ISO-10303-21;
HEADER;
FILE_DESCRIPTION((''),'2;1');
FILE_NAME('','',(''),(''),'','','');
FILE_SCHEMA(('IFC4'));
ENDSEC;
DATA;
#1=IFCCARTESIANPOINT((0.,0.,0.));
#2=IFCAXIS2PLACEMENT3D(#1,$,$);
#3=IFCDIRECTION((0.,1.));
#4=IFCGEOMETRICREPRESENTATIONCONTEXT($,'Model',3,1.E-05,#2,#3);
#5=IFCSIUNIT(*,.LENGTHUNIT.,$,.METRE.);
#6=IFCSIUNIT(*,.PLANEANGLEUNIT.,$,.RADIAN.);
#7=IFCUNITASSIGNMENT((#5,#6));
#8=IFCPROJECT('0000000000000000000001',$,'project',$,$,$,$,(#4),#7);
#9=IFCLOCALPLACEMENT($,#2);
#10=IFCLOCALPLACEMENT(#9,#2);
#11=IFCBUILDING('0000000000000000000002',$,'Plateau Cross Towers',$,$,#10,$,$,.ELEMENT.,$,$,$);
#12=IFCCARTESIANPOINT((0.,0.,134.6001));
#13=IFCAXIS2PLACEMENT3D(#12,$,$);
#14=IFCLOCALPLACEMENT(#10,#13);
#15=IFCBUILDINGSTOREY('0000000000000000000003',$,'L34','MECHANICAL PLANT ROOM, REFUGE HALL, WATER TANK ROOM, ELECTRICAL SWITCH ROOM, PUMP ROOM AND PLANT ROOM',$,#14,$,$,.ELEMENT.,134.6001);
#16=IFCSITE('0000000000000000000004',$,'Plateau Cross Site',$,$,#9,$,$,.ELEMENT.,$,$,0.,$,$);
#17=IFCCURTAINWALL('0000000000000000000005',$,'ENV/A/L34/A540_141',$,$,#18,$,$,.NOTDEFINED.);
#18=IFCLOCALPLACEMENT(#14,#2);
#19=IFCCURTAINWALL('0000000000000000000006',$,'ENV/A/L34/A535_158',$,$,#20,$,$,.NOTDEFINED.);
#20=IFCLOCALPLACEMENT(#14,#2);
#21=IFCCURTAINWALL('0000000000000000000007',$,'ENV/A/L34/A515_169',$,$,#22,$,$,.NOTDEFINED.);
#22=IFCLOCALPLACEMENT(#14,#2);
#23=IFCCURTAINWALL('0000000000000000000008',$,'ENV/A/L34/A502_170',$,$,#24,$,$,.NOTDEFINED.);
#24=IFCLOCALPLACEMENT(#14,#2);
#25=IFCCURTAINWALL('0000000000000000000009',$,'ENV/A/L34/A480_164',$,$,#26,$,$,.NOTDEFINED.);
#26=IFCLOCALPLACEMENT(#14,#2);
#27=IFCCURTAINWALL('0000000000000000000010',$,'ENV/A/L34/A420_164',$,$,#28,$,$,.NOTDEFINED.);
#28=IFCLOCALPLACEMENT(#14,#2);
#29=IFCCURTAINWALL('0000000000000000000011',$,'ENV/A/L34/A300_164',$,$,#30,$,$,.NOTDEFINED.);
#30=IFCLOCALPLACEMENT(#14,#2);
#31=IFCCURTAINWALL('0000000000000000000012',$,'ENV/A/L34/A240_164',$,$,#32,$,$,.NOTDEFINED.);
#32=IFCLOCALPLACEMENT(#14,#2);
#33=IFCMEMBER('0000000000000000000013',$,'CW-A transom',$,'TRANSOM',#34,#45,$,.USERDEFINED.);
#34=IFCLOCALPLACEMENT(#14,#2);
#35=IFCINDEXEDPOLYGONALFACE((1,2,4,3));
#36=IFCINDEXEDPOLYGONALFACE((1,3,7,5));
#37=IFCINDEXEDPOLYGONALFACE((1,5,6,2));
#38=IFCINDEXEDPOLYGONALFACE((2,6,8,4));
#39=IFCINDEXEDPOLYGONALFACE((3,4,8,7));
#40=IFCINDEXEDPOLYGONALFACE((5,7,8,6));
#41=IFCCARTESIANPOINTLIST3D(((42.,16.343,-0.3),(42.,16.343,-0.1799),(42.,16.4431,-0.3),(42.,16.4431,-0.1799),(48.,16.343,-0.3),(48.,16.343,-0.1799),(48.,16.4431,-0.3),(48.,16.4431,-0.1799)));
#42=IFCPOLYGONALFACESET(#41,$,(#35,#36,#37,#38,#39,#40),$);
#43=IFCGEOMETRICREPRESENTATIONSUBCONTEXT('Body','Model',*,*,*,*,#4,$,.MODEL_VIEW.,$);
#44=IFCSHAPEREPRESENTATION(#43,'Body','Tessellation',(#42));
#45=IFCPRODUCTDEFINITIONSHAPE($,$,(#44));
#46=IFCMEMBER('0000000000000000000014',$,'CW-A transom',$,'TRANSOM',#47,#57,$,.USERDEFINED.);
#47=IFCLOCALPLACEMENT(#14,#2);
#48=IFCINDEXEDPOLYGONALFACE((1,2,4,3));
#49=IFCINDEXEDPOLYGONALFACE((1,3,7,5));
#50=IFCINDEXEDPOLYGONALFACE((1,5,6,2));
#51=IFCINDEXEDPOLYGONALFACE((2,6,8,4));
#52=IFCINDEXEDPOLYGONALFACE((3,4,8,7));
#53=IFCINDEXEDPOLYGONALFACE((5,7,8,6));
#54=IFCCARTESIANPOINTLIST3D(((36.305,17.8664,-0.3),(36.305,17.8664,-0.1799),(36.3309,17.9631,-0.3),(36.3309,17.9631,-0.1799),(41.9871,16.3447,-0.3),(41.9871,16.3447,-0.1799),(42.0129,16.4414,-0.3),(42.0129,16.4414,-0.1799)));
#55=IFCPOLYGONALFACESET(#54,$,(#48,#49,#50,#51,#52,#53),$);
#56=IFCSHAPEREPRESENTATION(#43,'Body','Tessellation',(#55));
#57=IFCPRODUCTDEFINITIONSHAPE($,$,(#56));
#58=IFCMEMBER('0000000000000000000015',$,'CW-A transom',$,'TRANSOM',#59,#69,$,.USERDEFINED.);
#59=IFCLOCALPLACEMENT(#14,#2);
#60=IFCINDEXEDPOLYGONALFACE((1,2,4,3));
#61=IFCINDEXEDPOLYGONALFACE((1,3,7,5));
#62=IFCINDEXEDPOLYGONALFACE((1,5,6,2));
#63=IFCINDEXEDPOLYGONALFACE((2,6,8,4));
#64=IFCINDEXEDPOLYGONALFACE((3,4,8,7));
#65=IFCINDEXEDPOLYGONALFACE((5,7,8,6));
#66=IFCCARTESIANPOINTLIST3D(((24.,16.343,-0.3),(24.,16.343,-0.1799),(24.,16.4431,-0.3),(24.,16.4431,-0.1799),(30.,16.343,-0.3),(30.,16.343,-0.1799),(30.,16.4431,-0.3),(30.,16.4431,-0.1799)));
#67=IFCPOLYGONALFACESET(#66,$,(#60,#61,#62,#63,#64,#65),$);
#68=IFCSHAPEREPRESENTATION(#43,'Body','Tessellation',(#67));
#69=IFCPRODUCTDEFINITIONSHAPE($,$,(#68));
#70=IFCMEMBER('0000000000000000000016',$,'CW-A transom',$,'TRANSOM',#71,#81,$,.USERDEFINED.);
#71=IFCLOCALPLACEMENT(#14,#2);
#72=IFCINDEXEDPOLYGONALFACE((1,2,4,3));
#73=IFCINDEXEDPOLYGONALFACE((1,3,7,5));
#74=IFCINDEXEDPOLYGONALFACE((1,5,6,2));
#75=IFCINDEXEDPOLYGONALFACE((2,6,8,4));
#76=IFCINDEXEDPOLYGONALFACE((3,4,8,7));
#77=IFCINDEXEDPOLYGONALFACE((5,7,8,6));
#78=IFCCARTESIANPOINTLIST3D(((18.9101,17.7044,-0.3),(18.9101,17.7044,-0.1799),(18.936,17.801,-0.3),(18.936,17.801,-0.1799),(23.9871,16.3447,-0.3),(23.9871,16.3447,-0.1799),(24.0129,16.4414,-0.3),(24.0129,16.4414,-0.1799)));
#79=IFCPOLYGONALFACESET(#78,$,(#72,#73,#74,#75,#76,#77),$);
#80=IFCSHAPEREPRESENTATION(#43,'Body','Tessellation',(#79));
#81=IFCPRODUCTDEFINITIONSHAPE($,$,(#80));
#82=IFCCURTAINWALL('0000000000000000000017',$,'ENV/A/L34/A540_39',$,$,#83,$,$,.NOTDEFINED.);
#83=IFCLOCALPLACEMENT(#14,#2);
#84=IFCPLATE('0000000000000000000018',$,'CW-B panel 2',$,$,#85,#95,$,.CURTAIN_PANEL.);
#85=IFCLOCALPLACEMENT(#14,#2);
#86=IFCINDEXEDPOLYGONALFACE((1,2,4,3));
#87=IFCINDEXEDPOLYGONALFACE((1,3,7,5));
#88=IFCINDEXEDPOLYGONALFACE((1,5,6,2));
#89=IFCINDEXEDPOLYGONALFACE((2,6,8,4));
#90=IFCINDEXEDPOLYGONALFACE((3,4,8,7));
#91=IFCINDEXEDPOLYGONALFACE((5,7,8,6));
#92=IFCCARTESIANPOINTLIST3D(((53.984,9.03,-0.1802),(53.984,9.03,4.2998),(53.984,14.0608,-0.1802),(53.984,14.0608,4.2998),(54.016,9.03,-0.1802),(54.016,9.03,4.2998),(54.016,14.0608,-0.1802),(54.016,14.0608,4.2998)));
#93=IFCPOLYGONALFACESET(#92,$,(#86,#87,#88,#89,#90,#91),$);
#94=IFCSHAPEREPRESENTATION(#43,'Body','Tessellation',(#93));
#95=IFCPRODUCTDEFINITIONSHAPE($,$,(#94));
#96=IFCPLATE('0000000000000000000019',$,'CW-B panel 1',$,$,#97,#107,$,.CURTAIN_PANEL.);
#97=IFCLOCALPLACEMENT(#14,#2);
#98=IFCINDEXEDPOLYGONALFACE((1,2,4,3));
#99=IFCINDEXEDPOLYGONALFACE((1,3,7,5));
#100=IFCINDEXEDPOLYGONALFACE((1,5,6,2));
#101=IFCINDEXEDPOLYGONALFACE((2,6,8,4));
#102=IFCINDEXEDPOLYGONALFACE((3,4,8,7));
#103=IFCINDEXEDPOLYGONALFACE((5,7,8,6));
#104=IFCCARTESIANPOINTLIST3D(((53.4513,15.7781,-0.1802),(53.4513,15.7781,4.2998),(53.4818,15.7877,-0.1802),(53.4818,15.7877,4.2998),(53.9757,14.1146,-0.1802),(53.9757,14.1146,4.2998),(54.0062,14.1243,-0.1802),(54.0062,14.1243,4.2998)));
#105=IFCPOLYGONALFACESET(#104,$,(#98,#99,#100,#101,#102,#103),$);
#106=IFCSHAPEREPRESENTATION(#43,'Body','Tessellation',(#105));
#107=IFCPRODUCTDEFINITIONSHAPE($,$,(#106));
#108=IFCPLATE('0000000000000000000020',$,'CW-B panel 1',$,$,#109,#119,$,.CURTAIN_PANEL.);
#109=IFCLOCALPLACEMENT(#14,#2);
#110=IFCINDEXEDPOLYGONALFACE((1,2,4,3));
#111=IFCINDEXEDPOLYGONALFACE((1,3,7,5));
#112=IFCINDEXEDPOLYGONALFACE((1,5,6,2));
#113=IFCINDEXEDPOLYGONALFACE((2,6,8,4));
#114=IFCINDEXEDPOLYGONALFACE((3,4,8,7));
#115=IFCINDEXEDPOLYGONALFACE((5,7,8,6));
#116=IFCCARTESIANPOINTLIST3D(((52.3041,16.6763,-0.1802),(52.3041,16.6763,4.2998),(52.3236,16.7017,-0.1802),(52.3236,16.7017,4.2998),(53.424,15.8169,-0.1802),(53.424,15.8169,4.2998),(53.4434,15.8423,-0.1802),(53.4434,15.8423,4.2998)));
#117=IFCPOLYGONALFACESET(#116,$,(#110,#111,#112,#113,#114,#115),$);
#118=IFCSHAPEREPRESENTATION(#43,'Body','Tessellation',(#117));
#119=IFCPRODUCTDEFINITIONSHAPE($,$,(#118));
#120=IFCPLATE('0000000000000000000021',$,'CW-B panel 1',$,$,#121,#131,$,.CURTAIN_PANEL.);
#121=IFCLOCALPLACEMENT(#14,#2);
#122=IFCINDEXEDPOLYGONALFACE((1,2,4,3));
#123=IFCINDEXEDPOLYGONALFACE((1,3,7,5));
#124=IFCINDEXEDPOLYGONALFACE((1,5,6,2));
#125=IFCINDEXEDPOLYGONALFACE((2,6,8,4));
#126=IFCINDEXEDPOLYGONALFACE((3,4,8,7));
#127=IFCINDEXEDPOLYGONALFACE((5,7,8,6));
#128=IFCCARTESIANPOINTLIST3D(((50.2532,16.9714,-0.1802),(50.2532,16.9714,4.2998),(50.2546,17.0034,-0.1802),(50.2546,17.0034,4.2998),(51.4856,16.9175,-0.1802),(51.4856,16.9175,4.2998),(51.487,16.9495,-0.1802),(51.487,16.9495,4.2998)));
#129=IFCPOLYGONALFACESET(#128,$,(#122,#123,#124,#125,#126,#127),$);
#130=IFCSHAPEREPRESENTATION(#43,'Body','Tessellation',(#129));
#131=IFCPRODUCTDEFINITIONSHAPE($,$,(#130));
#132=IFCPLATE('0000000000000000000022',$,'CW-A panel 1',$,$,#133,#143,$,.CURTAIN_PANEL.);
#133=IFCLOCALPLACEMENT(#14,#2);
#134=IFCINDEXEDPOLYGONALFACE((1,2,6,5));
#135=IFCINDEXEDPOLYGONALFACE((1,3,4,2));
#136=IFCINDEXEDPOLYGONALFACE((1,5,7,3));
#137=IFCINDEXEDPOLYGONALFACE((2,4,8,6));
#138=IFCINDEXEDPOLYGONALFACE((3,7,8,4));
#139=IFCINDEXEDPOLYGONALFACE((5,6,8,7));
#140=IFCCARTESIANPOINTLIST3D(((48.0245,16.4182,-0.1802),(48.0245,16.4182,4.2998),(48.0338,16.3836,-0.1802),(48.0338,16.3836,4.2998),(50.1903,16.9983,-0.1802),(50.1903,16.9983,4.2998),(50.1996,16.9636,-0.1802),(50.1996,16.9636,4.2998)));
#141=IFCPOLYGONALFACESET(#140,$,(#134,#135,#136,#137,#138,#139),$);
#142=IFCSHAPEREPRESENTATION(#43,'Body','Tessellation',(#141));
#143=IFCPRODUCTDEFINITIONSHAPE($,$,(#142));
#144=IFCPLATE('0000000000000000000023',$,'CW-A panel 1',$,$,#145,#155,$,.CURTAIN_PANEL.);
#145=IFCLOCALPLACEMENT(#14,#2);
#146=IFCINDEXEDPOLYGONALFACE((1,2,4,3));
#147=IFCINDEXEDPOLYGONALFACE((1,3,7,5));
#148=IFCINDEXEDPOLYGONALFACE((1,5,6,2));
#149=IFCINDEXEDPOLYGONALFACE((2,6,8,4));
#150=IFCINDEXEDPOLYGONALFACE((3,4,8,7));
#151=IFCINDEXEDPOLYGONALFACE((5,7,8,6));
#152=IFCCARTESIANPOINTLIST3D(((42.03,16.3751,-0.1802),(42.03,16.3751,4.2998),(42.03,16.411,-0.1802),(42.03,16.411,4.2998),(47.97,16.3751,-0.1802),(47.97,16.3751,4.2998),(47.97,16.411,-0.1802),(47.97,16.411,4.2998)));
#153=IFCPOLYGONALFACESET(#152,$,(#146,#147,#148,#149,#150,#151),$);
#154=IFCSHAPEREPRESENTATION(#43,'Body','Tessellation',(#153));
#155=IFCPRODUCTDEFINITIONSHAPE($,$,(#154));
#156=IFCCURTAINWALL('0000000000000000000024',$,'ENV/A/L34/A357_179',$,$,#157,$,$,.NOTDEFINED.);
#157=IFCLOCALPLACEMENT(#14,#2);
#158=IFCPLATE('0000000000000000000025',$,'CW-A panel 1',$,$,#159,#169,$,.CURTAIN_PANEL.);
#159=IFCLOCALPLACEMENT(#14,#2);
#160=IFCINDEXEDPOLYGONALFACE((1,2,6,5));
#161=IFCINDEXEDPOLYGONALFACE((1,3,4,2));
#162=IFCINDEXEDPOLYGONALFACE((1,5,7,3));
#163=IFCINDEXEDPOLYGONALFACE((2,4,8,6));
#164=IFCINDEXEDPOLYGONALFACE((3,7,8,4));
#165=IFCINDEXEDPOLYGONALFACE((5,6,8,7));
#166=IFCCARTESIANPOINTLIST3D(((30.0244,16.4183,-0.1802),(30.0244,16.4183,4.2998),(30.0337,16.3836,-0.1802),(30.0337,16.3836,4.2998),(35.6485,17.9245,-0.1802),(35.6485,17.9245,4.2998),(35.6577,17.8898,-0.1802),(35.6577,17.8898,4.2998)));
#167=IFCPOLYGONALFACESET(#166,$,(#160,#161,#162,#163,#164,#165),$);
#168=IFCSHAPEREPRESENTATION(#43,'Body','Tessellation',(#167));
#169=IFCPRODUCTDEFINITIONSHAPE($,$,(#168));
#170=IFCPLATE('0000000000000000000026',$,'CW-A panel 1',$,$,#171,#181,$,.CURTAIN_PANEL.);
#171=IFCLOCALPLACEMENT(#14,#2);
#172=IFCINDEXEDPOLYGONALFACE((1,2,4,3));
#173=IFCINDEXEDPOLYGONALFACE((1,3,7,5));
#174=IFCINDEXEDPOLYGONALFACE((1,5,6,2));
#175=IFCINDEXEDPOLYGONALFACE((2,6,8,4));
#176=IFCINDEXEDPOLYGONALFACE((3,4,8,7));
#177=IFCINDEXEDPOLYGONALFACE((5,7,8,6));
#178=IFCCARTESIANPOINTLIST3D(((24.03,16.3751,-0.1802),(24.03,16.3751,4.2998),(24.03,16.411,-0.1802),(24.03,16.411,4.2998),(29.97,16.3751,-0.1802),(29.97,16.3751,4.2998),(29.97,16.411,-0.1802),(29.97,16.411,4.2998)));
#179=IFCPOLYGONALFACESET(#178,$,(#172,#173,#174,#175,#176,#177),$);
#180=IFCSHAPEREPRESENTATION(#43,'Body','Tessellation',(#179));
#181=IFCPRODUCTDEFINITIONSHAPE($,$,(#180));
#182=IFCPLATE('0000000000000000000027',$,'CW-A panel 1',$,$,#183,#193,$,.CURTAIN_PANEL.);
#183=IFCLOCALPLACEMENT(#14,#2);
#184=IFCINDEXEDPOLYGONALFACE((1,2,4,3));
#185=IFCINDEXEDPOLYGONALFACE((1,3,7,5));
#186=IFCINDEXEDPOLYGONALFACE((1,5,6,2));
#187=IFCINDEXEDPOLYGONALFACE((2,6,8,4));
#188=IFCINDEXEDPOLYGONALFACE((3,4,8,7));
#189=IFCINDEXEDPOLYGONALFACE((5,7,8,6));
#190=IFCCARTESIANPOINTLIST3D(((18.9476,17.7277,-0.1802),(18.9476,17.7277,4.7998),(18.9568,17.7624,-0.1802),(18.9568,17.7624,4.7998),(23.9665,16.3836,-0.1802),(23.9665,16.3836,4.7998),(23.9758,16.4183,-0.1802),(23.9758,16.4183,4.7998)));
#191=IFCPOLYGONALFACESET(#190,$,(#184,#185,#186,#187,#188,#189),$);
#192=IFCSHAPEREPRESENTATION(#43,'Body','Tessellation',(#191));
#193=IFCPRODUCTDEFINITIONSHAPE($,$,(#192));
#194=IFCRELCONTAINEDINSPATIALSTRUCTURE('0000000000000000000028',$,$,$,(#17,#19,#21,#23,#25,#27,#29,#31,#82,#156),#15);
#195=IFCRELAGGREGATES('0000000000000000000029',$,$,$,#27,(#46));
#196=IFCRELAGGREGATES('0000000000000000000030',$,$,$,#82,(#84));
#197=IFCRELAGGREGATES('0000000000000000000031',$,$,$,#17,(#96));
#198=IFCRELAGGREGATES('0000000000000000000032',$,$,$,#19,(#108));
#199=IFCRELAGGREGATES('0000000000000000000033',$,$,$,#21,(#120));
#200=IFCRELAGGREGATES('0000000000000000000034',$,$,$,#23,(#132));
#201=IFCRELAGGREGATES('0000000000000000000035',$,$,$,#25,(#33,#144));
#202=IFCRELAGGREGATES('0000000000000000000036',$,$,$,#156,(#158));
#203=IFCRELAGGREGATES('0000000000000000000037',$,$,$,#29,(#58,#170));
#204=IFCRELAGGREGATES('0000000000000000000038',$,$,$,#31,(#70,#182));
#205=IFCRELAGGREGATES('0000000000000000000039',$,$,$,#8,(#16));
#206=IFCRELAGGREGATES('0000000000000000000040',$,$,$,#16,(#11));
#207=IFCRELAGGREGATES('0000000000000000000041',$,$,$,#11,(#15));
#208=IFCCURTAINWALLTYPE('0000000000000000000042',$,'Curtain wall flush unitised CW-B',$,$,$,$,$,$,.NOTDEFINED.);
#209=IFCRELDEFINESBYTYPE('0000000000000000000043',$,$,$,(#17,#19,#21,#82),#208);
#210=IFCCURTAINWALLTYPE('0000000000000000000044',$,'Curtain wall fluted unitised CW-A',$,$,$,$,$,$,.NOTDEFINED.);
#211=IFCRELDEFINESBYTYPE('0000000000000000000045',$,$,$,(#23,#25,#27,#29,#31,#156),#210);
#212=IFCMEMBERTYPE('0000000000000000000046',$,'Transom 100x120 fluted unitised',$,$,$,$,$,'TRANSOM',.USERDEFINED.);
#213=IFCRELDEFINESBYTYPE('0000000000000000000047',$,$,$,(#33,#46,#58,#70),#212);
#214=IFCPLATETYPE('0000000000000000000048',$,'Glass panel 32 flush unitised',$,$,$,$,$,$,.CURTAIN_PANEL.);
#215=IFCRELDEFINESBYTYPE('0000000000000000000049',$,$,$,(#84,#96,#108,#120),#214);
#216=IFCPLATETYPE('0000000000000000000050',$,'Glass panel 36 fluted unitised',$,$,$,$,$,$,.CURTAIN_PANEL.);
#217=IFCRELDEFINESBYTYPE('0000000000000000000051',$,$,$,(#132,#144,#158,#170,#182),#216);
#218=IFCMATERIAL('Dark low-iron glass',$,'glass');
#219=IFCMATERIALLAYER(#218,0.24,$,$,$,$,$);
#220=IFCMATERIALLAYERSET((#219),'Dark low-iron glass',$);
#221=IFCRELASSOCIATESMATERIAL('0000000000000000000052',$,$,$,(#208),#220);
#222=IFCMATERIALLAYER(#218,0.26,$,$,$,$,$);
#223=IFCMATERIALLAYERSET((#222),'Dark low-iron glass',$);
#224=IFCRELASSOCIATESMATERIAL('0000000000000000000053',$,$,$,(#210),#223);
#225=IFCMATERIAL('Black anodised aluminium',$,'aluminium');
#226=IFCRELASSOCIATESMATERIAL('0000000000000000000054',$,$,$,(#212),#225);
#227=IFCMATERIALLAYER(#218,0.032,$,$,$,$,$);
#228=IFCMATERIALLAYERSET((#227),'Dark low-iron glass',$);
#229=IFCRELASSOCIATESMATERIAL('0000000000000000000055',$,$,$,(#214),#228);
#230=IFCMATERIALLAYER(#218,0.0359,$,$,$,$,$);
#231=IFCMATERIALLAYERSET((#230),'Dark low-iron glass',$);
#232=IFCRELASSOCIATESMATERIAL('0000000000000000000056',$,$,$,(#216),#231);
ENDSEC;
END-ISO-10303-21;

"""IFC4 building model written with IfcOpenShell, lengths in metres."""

from ifc_helpers import new_model, si_unit, direction, frame, origin, origin_2d, place, context, subcontext, project, spatial, rectangle, extrude, material, layer, layer_set, material_profile, profile_set, type_object, element, aggregate, save


model = new_model("IFC4")

# Units and contexts
model_context = context("Model", 3, precision=1e-05, world=origin(), true_north=direction((0.0, 1.0)))
body_context = subcontext(model_context, "Body", "Model", "MODEL_VIEW")
ifc_project = project(units=[si_unit("LENGTHUNIT", "METRE"), si_unit("PLANEANGLEUNIT", "RADIAN")], contexts=[model_context])

# Site, building, storey
site_placement = place(None, origin())
site = spatial("IfcSite", under=ifc_project, at=site_placement, Name="Plateau Cross Site", CompositionType="ELEMENT", RefElevation=0.0)
building_placement = place(site_placement, origin())
building = spatial("IfcBuilding", under=site, at=building_placement, Name="Plateau Cross Towers", CompositionType="ELEMENT")
storey_placement = place(building_placement, frame((0.0, 0.0, 134.6001)))
storey = spatial("IfcBuildingStorey", under=building, at=storey_placement, Name="L34", Description="MECHANICAL PLANT ROOM, REFUGE HALL, WATER TANK ROOM, ELECTRICAL SWITCH ROOM, PUMP ROOM AND PLANT ROOM", CompositionType="ELEMENT", Elevation=134.6001)

# Curtain wall
ifc_material_1 = material(Name="Dark low-iron glass", Category="glass")
ifc_layer_1 = layer(ifc_material_1, 0.24)
ifc_layer_set_1 = layer_set([ifc_layer_1], Name="Dark low-iron glass")
curtain_wall_type_1 = type_object("IfcCurtainWallType", Name="Curtain wall flush unitised CW-B", PredefinedType="NOTDEFINED", material=ifc_layer_set_1)
curtain_wall_1_placement = place(storey_placement, origin())
curtain_wall_1 = element("IfcCurtainWall", 1, at=curtain_wall_1_placement, inside=storey, type_object=curtain_wall_type_1, Name="ENV/A/L34/A540_141", PredefinedType="NOTDEFINED")
ifc_material_2 = material(Name="Black anodised aluminium", Category="aluminium")

# Curtain wall
curtain_wall_2_placement = place(storey_placement, origin())
curtain_wall_2 = element("IfcCurtainWall", 2, at=curtain_wall_2_placement, inside=storey, type_object=curtain_wall_type_1, Name="ENV/A/L34/A535_158", PredefinedType="NOTDEFINED")

# Curtain walls
curtain_wall_3_placement = place(storey_placement, origin())
curtain_wall_3 = element("IfcCurtainWall", 3, at=curtain_wall_3_placement, inside=storey, type_object=curtain_wall_type_1, Name="ENV/A/L34/A515_169", PredefinedType="NOTDEFINED")
ifc_layer_2 = layer(ifc_material_1, 0.26)
ifc_layer_set_2 = layer_set([ifc_layer_2], Name="Dark low-iron glass")
curtain_wall_type_2 = type_object("IfcCurtainWallType", Name="Curtain wall fluted unitised CW-A", PredefinedType="NOTDEFINED", material=ifc_layer_set_2)
curtain_wall_4_placement = place(storey_placement, origin())
curtain_wall_4 = element("IfcCurtainWall", 4, at=curtain_wall_4_placement, inside=storey, type_object=curtain_wall_type_2, Name="ENV/A/L34/A502_170", PredefinedType="NOTDEFINED")
curtain_wall_5_placement = place(storey_placement, origin())
curtain_wall_5 = element("IfcCurtainWall", 5, at=curtain_wall_5_placement, inside=storey, type_object=curtain_wall_type_2, Name="ENV/A/L34/A480_164", PredefinedType="NOTDEFINED")
curtain_wall_6_placement = place(storey_placement, origin())
curtain_wall_6 = element("IfcCurtainWall", 6, at=curtain_wall_6_placement, inside=storey, type_object=curtain_wall_type_2, Name="ENV/A/L34/A420_164", PredefinedType="NOTDEFINED")
curtain_wall_7_placement = place(storey_placement, origin())
curtain_wall_7 = element("IfcCurtainWall", 7, at=curtain_wall_7_placement, inside=storey, type_object=curtain_wall_type_2, Name="ENV/A/L34/A300_164", PredefinedType="NOTDEFINED")
curtain_wall_8_placement = place(storey_placement, origin())
curtain_wall_8 = element("IfcCurtainWall", 8, at=curtain_wall_8_placement, inside=storey, type_object=curtain_wall_type_2, Name="ENV/A/L34/A240_164", PredefinedType="NOTDEFINED")

# Members
ifc_material_profile_1 = material_profile(ifc_material_2, rectangle(XDim=0.1001, YDim=0.1201, at=origin_2d()), Name="TRANSOM 100x120")
ifc_profile_set_1 = profile_set([ifc_material_profile_1], Name="Black anodised aluminium")
member_type_1 = type_object("IfcMemberType", Name="Transom 100x120 fluted unitised", ElementType="TRANSOM", PredefinedType="USERDEFINED", material=ifc_profile_set_1)
member_1_placement = place(storey_placement, frame((48.0, 16.3931, -0.24), z_axis=(-1.0, 0.0, 0.0), x_axis=(0.0, -1.0, 0.0)))
member_1 = element("IfcMember", 9, at=member_1_placement, type_object=member_type_1, Name="CW-A transom", ObjectType="TRANSOM", PredefinedType="USERDEFINED", context=body_context, shape_type="SweptSolid", body=[
    extrude(rectangle(XDim=0.1001, YDim=0.1201, at=origin_2d()), origin(), (0.0, 0.0, 1.0), 6.0),
])
member_2_placement = place(storey_placement, frame((42.0, 16.3931, -0.24), z_axis=(-0.96596, 0.258693, 0.0), x_axis=(-0.258693, -0.96596, 0.0)))
member_2 = element("IfcMember", 10, at=member_2_placement, type_object=member_type_1, Name="CW-A transom", ObjectType="TRANSOM", PredefinedType="USERDEFINED", context=body_context, shape_type="SweptSolid", body=[
    extrude(rectangle(XDim=0.1001, YDim=0.1201, at=origin_2d()), origin(), (0.0, 0.0, 1.0), 5.8823),
])
aggregate(curtain_wall_6, [member_2])
member_3_placement = place(storey_placement, frame((30.0, 16.3931, -0.24), z_axis=(-1.0, 0.0, 0.0), x_axis=(0.0, -1.0, 0.0)))
member_3 = element("IfcMember", 11, at=member_3_placement, type_object=member_type_1, Name="CW-A transom", ObjectType="TRANSOM", PredefinedType="USERDEFINED", context=body_context, shape_type="SweptSolid", body=[
    extrude(rectangle(XDim=0.1001, YDim=0.1201, at=origin_2d()), origin(), (0.0, 0.0, 1.0), 6.0),
])
member_4_placement = place(storey_placement, frame((24.0, 16.3931, -0.24), z_axis=(-0.965961, 0.258689, 0.0), x_axis=(-0.258689, -0.965961, 0.0)))
member_4 = element("IfcMember", 12, at=member_4_placement, type_object=member_type_1, Name="CW-A transom", ObjectType="TRANSOM", PredefinedType="USERDEFINED", context=body_context, shape_type="SweptSolid", body=[
    extrude(rectangle(XDim=0.1001, YDim=0.1201, at=origin_2d()), origin(), (0.0, 0.0, 1.0), 5.2559),
])

# Curtain wall, plate
curtain_wall_9_placement = place(storey_placement, origin())
curtain_wall_9 = element("IfcCurtainWall", 13, at=curtain_wall_9_placement, inside=storey, type_object=curtain_wall_type_1, Name="ENV/A/L34/A540_39", PredefinedType="NOTDEFINED")
ifc_layer_3 = layer(ifc_material_1, 0.032)
ifc_layer_set_3 = layer_set([ifc_layer_3], Name="Dark low-iron glass")
plate_type_1 = type_object("IfcPlateType", Name="Glass panel 32 flush unitised", PredefinedType="CURTAIN_PANEL", material=ifc_layer_set_3)
plate_1_placement = place(storey_placement, frame((54.0, 11.5454, -0.1802), z_axis=(0.0, 0.0, 1.0), x_axis=(0.0, 1.0, 0.0)))
plate_1 = element("IfcPlate", 14, at=plate_1_placement, type_object=plate_type_1, Name="CW-B panel 2", PredefinedType="CURTAIN_PANEL", context=body_context, shape_type="SweptSolid", body=[
    extrude(rectangle(XDim=5.0308, YDim=0.032, at=origin_2d()), origin(), (0.0, 0.0, 1.0), 4.48),
])
aggregate(curtain_wall_9, [plate_1])

# Plates
plate_2_placement = place(storey_placement, frame((53.7288, 14.9512, -0.1802), z_axis=(0.0, 0.0, 1.0), x_axis=(-0.300686, 0.953723, 0.0)))
plate_2 = element("IfcPlate", 15, at=plate_2_placement, type_object=plate_type_1, Name="CW-B panel 1", PredefinedType="CURTAIN_PANEL", context=body_context, shape_type="SweptSolid", body=[
    extrude(rectangle(XDim=1.7441, YDim=0.032, at=origin_2d()), origin(), (0.0, 0.0, 1.0), 4.48),
])
aggregate(curtain_wall_1, [plate_2])
plate_3_placement = place(storey_placement, frame((52.8738, 16.2593, -0.1802), z_axis=(0.0, 0.0, 1.0), x_axis=(-0.793316, 0.608811, 0.0)))
plate_3 = element("IfcPlate", 16, at=plate_3_placement, type_object=plate_type_1, Name="CW-B panel 1", PredefinedType="CURTAIN_PANEL", context=body_context, shape_type="SweptSolid", body=[
    extrude(rectangle(XDim=1.4116, YDim=0.032, at=origin_2d()), origin(), (0.0, 0.0, 1.0), 4.48),
])
aggregate(curtain_wall_2, [plate_3])
plate_4_placement = place(storey_placement, frame((50.8701, 16.9604, -0.1802), z_axis=(0.0, 0.0, 1.0), x_axis=(-0.999044, 0.043723, 0.0)))
plate_4 = element("IfcPlate", 17, at=plate_4_placement, type_object=plate_type_1, Name="CW-B panel 1", PredefinedType="CURTAIN_PANEL", context=body_context, shape_type="SweptSolid", body=[
    extrude(rectangle(XDim=1.2336, YDim=0.032, at=origin_2d()), origin(), (0.0, 0.0, 1.0), 4.48),
])
aggregate(curtain_wall_3, [plate_4])
ifc_layer_4 = layer(ifc_material_1, 0.0359)
ifc_layer_set_4 = layer_set([ifc_layer_4], Name="Dark low-iron glass")
plate_type_2 = type_object("IfcPlateType", Name="Glass panel 36 fluted unitised", PredefinedType="CURTAIN_PANEL", material=ifc_layer_set_4)
plate_5_placement = place(storey_placement, frame((49.1121, 16.6909, -0.1802), z_axis=(0.0, 0.0, 1.0), x_axis=(-0.965958, -0.258699, 0.0)))
plate_5 = element("IfcPlate", 18, at=plate_5_placement, type_object=plate_type_2, Name="CW-A panel 1", PredefinedType="CURTAIN_PANEL", context=body_context, shape_type="SweptSolid", body=[
    extrude(rectangle(XDim=2.2422, YDim=0.0359, at=origin_2d()), origin(), (0.0, 0.0, 1.0), 4.48),
])
aggregate(curtain_wall_4, [plate_5])
plate_6_placement = place(storey_placement, frame((45.0, 16.3931, -0.1802), z_axis=(0.0, 0.0, 1.0), x_axis=(-1.0, 0.0, 0.0)))
plate_6 = element("IfcPlate", 19, at=plate_6_placement, type_object=plate_type_2, Name="CW-A panel 1", PredefinedType="CURTAIN_PANEL", context=body_context, shape_type="SweptSolid", body=[
    extrude(rectangle(XDim=5.9399, YDim=0.0359, at=origin_2d()), origin(), (0.0, 0.0, 1.0), 4.48),
])
aggregate(curtain_wall_5, [member_1, plate_6])

# Curtain wall, plate
curtain_wall_10_placement = place(storey_placement, origin())
curtain_wall_10 = element("IfcCurtainWall", 20, at=curtain_wall_10_placement, inside=storey, type_object=curtain_wall_type_2, Name="ENV/A/L34/A357_179", PredefinedType="NOTDEFINED")
plate_7_placement = place(storey_placement, frame((32.8411, 17.1541, -0.1802), z_axis=(0.0, 0.0, 1.0), x_axis=(-0.965958, -0.258699, 0.0)))
plate_7 = element("IfcPlate", 21, at=plate_7_placement, type_object=plate_type_2, Name="CW-A panel 1", PredefinedType="CURTAIN_PANEL", context=body_context, shape_type="SweptSolid", body=[
    extrude(rectangle(XDim=5.8223, YDim=0.0359, at=origin_2d()), origin(), (0.0, 0.0, 1.0), 4.48),
])
aggregate(curtain_wall_10, [plate_7])

# Plates
plate_8_placement = place(storey_placement, frame((27.0, 16.3931, -0.1802), z_axis=(0.0, 0.0, 1.0), x_axis=(-1.0, 0.0, 0.0)))
plate_8 = element("IfcPlate", 22, at=plate_8_placement, type_object=plate_type_2, Name="CW-A panel 1", PredefinedType="CURTAIN_PANEL", context=body_context, shape_type="SweptSolid", body=[
    extrude(rectangle(XDim=5.9399, YDim=0.0359, at=origin_2d()), origin(), (0.0, 0.0, 1.0), 4.48),
])
aggregate(curtain_wall_7, [member_3, plate_8])
plate_9_placement = place(storey_placement, frame((21.4617, 17.073, -0.1802), z_axis=(0.0, 0.0, 1.0), x_axis=(-0.965958, 0.258699, 0.0)))
plate_9 = element("IfcPlate", 23, at=plate_9_placement, type_object=plate_type_2, Name="CW-A panel 1", PredefinedType="CURTAIN_PANEL", context=body_context, shape_type="SweptSolid", body=[
    extrude(rectangle(XDim=5.1958, YDim=0.0359, at=origin_2d()), origin(), (0.0, 0.0, 1.0), 4.98),
])
aggregate(curtain_wall_8, [member_4, plate_9])

save(model, "model.ifc")
